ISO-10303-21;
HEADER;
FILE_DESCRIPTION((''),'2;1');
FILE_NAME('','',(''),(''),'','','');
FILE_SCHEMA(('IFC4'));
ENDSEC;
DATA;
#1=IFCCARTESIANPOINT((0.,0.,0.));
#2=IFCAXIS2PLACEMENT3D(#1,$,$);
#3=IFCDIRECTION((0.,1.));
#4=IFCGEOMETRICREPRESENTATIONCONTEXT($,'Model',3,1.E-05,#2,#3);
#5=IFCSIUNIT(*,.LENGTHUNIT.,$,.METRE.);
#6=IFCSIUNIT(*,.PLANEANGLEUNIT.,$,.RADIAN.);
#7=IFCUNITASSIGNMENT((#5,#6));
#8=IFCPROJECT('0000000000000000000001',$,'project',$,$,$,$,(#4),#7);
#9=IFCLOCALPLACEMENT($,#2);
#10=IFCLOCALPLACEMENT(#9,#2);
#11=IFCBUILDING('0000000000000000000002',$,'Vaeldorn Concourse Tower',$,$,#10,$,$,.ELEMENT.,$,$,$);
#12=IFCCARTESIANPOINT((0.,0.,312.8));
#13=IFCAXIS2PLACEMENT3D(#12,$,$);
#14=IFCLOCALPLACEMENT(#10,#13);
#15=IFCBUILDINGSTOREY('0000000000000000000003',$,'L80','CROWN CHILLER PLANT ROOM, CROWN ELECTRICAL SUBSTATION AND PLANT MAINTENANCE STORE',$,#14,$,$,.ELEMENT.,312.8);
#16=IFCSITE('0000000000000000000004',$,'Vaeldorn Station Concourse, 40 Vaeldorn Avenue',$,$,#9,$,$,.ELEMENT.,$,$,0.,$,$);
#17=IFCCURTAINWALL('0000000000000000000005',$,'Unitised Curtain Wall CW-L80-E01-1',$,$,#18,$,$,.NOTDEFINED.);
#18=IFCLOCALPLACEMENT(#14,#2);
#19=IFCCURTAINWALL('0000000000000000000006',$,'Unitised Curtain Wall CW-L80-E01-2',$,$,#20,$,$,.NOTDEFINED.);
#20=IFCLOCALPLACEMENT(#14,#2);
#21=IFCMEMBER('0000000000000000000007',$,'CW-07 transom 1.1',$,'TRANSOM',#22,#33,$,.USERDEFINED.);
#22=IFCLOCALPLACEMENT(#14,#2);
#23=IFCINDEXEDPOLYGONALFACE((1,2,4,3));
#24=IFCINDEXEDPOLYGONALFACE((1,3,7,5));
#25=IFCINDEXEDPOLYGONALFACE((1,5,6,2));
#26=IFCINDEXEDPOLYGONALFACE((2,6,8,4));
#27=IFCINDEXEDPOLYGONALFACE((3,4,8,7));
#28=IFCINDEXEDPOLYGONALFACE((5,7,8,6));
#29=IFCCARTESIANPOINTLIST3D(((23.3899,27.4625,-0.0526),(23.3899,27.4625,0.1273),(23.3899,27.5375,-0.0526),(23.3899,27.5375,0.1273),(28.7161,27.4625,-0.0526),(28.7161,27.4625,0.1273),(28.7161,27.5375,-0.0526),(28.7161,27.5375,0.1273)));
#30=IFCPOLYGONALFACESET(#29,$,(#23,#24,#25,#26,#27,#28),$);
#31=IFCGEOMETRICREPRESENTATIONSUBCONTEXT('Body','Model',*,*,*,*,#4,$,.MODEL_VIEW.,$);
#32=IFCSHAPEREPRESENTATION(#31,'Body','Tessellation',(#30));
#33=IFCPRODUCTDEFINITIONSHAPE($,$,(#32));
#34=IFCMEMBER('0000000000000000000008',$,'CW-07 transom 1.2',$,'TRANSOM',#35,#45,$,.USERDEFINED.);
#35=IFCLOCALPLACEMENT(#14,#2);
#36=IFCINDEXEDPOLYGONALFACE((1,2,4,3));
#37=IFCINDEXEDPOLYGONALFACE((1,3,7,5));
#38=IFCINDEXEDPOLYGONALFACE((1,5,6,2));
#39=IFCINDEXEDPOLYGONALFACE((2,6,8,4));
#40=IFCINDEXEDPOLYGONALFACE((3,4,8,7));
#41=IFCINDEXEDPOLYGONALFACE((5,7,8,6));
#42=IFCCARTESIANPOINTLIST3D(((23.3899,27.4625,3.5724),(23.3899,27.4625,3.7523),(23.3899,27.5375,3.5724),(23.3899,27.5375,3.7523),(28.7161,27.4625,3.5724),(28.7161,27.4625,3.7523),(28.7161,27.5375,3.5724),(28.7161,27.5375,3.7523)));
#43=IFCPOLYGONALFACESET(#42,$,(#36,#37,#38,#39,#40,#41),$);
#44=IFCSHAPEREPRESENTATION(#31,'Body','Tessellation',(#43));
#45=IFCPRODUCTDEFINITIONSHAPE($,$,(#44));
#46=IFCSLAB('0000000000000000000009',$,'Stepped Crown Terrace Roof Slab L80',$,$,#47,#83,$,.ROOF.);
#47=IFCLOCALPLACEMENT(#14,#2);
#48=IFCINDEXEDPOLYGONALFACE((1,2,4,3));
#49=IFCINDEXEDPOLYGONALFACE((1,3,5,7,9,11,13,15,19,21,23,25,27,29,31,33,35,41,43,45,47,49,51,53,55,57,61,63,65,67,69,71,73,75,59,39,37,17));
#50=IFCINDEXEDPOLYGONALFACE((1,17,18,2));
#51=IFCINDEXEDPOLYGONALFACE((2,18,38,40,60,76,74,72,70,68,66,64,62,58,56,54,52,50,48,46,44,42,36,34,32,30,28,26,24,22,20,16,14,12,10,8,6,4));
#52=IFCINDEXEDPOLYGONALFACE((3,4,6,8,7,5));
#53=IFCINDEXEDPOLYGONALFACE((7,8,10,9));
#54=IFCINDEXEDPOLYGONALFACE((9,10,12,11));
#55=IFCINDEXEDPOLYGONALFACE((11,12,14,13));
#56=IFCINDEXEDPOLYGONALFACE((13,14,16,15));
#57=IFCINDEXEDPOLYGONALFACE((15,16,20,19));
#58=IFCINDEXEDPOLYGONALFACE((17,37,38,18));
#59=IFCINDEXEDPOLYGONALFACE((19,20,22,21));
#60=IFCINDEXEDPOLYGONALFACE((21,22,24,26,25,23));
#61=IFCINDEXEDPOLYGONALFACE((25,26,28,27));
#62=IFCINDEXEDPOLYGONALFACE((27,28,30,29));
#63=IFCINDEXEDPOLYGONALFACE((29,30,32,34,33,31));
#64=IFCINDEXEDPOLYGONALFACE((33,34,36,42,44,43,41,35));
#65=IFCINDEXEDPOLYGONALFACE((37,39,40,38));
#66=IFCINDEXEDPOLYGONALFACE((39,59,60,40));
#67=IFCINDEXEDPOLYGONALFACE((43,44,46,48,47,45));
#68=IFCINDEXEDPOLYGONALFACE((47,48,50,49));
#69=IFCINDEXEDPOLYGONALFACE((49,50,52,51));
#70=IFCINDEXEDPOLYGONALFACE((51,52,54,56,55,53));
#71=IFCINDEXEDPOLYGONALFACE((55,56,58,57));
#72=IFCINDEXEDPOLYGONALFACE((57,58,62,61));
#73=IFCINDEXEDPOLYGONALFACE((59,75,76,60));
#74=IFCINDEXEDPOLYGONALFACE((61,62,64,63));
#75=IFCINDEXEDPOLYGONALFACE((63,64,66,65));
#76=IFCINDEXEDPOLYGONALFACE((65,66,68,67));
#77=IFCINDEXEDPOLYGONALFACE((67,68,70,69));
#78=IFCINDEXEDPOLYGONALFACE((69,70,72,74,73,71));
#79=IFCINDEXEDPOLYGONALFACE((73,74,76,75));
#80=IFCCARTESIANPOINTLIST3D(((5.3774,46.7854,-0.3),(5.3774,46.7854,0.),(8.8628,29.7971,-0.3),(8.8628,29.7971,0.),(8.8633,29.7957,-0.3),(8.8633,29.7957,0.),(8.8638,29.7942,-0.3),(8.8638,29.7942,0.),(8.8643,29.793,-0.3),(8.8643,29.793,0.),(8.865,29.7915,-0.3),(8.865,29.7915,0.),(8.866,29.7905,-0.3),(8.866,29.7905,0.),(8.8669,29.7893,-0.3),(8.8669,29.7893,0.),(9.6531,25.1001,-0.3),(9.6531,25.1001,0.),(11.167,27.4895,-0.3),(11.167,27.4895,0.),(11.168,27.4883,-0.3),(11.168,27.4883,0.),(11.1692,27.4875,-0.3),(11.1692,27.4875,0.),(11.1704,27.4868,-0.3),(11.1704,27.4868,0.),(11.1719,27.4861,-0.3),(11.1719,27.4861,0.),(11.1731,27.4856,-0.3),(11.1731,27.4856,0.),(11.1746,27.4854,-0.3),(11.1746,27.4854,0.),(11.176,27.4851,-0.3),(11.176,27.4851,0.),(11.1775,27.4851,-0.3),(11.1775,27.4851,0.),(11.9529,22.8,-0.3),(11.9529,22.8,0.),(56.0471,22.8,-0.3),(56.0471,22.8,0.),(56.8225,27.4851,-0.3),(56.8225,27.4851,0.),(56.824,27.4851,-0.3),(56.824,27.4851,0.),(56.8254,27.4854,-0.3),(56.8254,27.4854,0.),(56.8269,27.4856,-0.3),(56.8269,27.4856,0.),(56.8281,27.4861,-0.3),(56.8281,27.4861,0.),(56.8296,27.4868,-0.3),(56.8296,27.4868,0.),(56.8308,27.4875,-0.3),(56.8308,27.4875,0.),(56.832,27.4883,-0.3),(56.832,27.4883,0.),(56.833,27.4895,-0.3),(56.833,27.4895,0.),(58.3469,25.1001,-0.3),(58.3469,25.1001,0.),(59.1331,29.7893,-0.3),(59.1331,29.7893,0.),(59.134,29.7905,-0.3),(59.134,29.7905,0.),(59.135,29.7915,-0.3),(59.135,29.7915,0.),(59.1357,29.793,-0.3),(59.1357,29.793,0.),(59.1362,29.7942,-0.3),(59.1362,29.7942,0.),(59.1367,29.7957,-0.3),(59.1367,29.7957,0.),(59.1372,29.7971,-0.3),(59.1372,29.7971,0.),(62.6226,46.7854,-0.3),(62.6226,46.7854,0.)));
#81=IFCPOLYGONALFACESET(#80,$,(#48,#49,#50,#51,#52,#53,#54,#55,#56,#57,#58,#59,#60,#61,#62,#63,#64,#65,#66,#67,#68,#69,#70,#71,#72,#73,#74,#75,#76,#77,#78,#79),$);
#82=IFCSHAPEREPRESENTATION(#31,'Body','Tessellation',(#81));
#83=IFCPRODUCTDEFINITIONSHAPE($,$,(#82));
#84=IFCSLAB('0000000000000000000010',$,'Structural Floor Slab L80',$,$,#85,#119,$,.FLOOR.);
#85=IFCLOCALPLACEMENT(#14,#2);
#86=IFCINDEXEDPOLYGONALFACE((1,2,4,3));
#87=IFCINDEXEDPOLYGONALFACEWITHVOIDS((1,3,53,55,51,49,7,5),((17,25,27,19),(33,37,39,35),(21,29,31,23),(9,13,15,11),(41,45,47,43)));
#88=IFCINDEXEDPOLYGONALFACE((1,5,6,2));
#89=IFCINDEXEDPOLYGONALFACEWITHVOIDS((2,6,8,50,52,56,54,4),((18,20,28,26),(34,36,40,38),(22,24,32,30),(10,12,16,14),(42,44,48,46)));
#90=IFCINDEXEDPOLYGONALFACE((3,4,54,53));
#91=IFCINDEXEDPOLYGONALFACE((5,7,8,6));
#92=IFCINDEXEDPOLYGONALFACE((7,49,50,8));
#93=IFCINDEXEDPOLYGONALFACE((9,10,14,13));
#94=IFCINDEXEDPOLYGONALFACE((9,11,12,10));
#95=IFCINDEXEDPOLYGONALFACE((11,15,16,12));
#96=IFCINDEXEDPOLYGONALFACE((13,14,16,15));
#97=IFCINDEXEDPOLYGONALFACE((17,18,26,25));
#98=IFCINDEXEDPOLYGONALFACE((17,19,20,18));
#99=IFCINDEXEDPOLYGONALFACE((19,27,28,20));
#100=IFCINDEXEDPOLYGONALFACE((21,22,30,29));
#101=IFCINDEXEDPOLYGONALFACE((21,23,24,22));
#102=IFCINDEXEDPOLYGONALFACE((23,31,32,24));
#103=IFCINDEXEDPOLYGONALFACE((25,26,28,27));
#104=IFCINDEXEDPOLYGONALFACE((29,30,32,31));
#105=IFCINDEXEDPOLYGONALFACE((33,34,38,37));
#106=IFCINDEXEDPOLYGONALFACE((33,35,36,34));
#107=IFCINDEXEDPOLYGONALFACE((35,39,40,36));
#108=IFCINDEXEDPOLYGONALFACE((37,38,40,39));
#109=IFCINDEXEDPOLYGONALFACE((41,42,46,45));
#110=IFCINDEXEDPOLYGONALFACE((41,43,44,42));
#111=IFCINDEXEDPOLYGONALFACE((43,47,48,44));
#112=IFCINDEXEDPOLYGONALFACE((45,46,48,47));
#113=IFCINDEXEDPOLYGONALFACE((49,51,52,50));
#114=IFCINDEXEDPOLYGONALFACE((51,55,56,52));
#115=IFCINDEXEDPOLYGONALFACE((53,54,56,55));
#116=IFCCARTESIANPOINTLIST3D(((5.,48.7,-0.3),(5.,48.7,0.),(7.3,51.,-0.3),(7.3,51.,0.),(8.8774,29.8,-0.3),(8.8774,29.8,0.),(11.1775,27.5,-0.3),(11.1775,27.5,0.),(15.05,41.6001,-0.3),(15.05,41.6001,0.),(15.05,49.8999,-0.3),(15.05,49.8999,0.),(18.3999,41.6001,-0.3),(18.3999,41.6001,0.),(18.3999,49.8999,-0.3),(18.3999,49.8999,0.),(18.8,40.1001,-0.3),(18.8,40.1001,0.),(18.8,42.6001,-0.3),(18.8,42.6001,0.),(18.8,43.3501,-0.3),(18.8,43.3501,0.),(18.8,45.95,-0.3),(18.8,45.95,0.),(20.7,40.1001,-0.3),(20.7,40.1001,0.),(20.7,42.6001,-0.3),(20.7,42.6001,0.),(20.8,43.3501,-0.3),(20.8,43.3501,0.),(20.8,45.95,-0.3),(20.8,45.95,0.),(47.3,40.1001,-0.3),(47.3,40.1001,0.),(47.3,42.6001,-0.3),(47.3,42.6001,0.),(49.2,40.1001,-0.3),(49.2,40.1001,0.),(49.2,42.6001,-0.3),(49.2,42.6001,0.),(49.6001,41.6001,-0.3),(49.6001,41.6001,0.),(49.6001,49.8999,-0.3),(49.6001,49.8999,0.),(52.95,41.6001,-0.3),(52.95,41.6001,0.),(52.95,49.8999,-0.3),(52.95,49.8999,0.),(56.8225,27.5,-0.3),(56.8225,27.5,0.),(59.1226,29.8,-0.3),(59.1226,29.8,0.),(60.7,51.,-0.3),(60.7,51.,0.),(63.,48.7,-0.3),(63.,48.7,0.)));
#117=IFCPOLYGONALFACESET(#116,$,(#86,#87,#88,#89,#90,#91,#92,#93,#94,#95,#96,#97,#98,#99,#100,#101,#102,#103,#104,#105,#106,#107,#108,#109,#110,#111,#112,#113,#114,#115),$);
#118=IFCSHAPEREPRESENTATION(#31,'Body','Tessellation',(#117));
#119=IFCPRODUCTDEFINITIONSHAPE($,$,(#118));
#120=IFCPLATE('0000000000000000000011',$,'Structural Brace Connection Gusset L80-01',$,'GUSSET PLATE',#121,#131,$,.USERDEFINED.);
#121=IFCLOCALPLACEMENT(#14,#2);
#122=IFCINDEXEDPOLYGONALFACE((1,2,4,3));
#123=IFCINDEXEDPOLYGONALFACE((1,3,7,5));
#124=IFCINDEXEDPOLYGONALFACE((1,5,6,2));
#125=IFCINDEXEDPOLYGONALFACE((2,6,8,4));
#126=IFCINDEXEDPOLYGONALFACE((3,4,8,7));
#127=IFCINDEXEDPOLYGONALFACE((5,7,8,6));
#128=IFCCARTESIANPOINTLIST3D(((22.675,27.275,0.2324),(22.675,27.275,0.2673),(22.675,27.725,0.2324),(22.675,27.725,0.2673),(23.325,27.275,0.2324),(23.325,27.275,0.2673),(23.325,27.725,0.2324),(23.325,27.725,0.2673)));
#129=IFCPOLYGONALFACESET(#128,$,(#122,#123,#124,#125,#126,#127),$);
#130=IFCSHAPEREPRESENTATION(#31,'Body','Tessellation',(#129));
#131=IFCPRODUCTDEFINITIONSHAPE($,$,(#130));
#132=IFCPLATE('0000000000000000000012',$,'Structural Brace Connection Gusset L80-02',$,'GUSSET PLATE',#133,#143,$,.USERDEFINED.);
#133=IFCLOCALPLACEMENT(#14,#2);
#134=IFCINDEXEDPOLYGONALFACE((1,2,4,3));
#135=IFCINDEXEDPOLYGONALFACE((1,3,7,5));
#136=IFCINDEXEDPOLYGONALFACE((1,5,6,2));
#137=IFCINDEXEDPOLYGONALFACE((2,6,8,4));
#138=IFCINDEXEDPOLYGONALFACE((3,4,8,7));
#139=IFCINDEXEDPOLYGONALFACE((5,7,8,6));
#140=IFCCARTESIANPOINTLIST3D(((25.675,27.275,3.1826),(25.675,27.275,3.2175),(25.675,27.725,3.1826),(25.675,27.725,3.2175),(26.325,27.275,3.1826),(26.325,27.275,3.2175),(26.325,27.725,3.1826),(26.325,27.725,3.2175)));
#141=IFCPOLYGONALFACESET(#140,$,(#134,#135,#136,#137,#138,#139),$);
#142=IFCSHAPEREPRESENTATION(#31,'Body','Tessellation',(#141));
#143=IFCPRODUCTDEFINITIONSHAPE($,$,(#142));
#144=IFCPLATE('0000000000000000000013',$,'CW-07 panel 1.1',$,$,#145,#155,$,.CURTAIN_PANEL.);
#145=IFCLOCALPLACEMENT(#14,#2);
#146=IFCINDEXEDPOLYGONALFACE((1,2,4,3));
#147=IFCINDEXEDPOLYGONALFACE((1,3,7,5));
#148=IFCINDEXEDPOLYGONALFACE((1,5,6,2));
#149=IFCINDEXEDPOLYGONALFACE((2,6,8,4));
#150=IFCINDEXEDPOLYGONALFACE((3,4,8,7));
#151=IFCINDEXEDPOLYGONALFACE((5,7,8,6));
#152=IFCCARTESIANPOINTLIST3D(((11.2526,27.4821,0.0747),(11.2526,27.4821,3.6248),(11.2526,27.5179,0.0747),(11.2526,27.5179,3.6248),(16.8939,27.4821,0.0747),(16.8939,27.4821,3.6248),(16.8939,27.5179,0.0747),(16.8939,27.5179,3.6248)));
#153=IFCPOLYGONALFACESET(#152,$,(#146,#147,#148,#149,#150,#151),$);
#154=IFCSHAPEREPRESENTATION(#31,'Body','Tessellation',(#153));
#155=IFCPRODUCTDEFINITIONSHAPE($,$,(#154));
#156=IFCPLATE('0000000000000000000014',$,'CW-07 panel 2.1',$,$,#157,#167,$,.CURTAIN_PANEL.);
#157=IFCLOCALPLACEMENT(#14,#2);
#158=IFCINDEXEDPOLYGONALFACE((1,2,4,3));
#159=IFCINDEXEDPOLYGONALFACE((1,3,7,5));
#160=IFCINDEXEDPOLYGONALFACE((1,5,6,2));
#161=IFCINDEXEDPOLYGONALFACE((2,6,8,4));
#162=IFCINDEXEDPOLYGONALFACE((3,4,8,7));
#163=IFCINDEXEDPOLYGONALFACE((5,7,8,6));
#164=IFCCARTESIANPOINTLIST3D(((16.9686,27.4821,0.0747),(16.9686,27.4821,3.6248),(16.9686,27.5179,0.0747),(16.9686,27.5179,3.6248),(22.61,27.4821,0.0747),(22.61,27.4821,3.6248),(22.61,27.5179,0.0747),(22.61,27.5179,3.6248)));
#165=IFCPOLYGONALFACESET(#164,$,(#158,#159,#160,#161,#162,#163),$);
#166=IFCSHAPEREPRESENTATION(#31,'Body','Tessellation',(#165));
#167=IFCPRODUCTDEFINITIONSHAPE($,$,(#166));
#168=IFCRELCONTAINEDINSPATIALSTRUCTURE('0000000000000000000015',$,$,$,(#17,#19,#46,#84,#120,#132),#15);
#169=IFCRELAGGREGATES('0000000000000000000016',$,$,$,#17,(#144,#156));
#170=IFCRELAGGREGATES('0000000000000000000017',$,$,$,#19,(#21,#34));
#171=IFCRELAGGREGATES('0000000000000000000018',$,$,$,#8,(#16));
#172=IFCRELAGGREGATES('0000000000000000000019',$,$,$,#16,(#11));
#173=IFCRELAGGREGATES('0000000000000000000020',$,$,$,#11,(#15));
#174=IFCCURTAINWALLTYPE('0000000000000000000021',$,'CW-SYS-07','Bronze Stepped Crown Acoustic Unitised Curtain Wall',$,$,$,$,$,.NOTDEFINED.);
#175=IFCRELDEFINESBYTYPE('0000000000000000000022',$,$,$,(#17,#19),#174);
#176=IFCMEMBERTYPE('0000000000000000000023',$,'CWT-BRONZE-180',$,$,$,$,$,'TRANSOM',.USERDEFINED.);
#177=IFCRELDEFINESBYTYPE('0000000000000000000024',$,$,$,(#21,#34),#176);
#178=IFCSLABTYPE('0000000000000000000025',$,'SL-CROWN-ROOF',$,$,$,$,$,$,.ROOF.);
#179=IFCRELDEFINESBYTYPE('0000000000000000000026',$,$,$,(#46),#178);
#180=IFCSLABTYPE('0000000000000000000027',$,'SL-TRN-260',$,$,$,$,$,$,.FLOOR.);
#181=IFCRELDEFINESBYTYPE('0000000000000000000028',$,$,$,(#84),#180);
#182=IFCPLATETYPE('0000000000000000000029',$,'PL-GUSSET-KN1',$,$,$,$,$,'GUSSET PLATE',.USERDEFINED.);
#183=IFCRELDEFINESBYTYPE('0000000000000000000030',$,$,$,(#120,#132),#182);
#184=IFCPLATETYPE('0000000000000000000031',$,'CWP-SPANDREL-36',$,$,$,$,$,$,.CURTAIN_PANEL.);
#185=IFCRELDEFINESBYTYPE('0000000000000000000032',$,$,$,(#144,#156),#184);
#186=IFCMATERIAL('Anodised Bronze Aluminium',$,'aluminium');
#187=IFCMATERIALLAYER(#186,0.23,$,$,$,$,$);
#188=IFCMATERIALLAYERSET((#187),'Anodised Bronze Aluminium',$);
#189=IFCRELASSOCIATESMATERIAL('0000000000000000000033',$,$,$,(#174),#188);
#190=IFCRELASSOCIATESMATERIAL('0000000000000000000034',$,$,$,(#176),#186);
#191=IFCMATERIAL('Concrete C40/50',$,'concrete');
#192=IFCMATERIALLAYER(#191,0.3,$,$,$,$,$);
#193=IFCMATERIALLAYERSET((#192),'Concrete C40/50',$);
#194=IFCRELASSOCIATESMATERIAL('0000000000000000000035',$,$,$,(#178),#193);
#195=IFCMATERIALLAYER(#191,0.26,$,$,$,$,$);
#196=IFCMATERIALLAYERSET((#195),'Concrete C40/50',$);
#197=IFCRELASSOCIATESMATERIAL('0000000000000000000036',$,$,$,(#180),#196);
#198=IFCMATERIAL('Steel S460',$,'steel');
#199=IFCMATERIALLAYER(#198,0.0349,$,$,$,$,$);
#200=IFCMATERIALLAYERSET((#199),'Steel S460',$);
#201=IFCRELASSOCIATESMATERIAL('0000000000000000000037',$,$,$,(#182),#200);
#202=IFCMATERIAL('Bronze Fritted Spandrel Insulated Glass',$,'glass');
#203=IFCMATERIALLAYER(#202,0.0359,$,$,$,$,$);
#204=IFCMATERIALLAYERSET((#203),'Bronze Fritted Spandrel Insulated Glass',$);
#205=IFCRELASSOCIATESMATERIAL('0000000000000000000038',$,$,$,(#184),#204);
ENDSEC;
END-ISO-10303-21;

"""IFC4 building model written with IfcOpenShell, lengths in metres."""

from ifc_helpers import new_model, si_unit, direction, frame, origin, origin_2d, place, context, subcontext, project, spatial, polyline, rectangle, outline, extrude, source, transform, mapped, material, layer, layer_set, material_profile, profile_set, type_object, element, aggregate, save


model = new_model("IFC4")

# Units and contexts
model_context = context("Model", 3, precision=1e-05, world=origin(), true_north=direction((0.0, 1.0)))
body_context = subcontext(model_context, "Body", "Model", "MODEL_VIEW")
ifc_project = project(units=[si_unit("LENGTHUNIT", "METRE"), si_unit("PLANEANGLEUNIT", "RADIAN")], contexts=[model_context])

# Site, building, storey
site_placement = place(None, origin())
site = spatial("IfcSite", under=ifc_project, at=site_placement, Name="Vaeldorn Station Concourse, 40 Vaeldorn Avenue", CompositionType="ELEMENT", RefElevation=0.0)
building_placement = place(site_placement, origin())
building = spatial("IfcBuilding", under=site, at=building_placement, Name="Vaeldorn Concourse Tower", CompositionType="ELEMENT")
storey_placement = place(building_placement, frame((0.0, 0.0, 312.8)))
storey = spatial("IfcBuildingStorey", under=building, at=storey_placement, Name="L80", Description="CROWN CHILLER PLANT ROOM, CROWN ELECTRICAL SUBSTATION AND PLANT MAINTENANCE STORE", CompositionType="ELEMENT", Elevation=312.8)

# Curtain walls
ifc_material_1 = material(Name="Anodised Bronze Aluminium", Category="aluminium")
ifc_layer_1 = layer(ifc_material_1, 0.23)
ifc_layer_set_1 = layer_set([ifc_layer_1], Name="Anodised Bronze Aluminium")
curtain_wall_type = type_object("IfcCurtainWallType", Name="CW-SYS-07", Description="Bronze Stepped Crown Acoustic Unitised Curtain Wall", PredefinedType="NOTDEFINED", material=ifc_layer_set_1)
curtain_wall_1_placement = place(storey_placement, origin())
curtain_wall_1 = element("IfcCurtainWall", 1, at=curtain_wall_1_placement, inside=storey, type_object=curtain_wall_type, Name="Unitised Curtain Wall CW-L80-E01-1", PredefinedType="NOTDEFINED")
curtain_wall_2_placement = place(storey_placement, origin())
curtain_wall_2 = element("IfcCurtainWall", 2, at=curtain_wall_2_placement, inside=storey, type_object=curtain_wall_type, Name="Unitised Curtain Wall CW-L80-E01-2", PredefinedType="NOTDEFINED")

# Members
ifc_material_profile_1 = material_profile(ifc_material_1, rectangle(XDim=0.075, YDim=0.1799, at=origin_2d()), Name="CWT 75x180")
ifc_profile_set_1 = profile_set([ifc_material_profile_1], Name="Anodised Bronze Aluminium")
member_type_1 = type_object("IfcMemberType", Name="CWT-BRONZE-180", ElementType="TRANSOM", PredefinedType="USERDEFINED", material=ifc_profile_set_1)
shared_shape_1 = source(origin(), body_context, "Body", "SweptSolid", [
    extrude(rectangle(XDim=0.075, YDim=0.1799, at=origin_2d()), origin(), (0.0, 0.0, 1.0), 5.3262),
])
member_1_placement = place(storey_placement, frame((23.3899, 27.5, 0.0374), z_axis=(1.0, 0.0, 0.0), x_axis=(0.0, 1.0, 0.0)))
member_1 = element("IfcMember", 3, at=member_1_placement, type_object=member_type_1, Name="CW-07 transom 1.1", ObjectType="TRANSOM", PredefinedType="USERDEFINED", context=body_context, shape_type="MappedRepresentation", body=[
    mapped(shared_shape_1, transform((0.0, 0.0, 0.0), scale=1.0)),
])
member_2_placement = place(storey_placement, frame((23.3899, 27.5, 3.6624), z_axis=(1.0, 0.0, 0.0), x_axis=(0.0, 1.0, 0.0)))
member_2 = element("IfcMember", 4, at=member_2_placement, type_object=member_type_1, Name="CW-07 transom 1.2", ObjectType="TRANSOM", PredefinedType="USERDEFINED", context=body_context, shape_type="MappedRepresentation", body=[
    mapped(shared_shape_1, transform((0.0, 0.0, 0.0), scale=1.0)),
])

# Slabs
ifc_material_2 = material(Name="Concrete C40/50", Category="concrete")
ifc_layer_2 = layer(ifc_material_2, 0.3)
ifc_layer_set_2 = layer_set([ifc_layer_2], Name="Concrete C40/50")
slab_type_1 = type_object("IfcSlabType", Name="SL-CROWN-ROOF", PredefinedType="ROOF", material=ifc_layer_set_2)
slab_1_placement = place(storey_placement, frame((0.0, 0.0, -0.3)))
element("IfcSlab", 5, at=slab_1_placement, inside=storey, type_object=slab_type_1, Name="Stepped Crown Terrace Roof Slab L80", PredefinedType="ROOF", context=body_context, shape_type="SweptSolid", body=[
    extrude(outline(polyline([(62.6226, 46.7854), (59.1372, 29.7971), (59.1367, 29.7957), (59.1362, 29.7942), (59.1357, 29.793), (59.135, 29.7915), (59.134, 29.7905), (59.1331, 29.7893), (56.833, 27.4895), (56.832, 27.4883), (56.8308, 27.4875), (56.8296, 27.4868), (56.8281, 27.4861), (56.8269, 27.4856), (56.8254, 27.4854), (56.824, 27.4851), (56.8225, 27.4851), (11.1775, 27.4851), (11.176, 27.4851), (11.1746, 27.4854), (11.1731, 27.4856), (11.1719, 27.4861), (11.1704, 27.4868), (11.1692, 27.4875), (11.168, 27.4883), (11.167, 27.4895), (8.8669, 29.7893), (8.866, 29.7905), (8.865, 29.7915), (8.8643, 29.793), (8.8638, 29.7942), (8.8633, 29.7957), (8.8628, 29.7971), (5.3774, 46.7854), (9.6531, 25.1001), (11.9529, 22.8), (56.0471, 22.8), (58.3469, 25.1001), (62.6226, 46.7854)])), origin(), (0.0, 0.0, 1.0), 0.3),
])
ifc_layer_3 = layer(ifc_material_2, 0.26)
ifc_layer_set_3 = layer_set([ifc_layer_3], Name="Concrete C40/50")
slab_type_2 = type_object("IfcSlabType", Name="SL-TRN-260", PredefinedType="FLOOR", material=ifc_layer_set_3)
slab_2_placement = place(storey_placement, frame((0.0, 0.0, -0.3)))
element("IfcSlab", 6, at=slab_2_placement, inside=storey, type_object=slab_type_2, Name="Structural Floor Slab L80", PredefinedType="FLOOR", context=body_context, shape_type="SweptSolid", body=[
    extrude(outline(polyline([(11.1775, 27.5), (56.8225, 27.5), (59.1226, 29.8), (63.0, 48.7), (60.7, 51.0), (7.3, 51.0), (5.0, 48.7), (8.8774, 29.8), (11.1775, 27.5)]), holes=[polyline([(18.3999, 41.6001), (18.3999, 49.8999), (15.05, 49.8999), (15.05, 41.6001), (18.3999, 41.6001)]), polyline([(52.95, 41.6001), (52.95, 49.8999), (49.6001, 49.8999), (49.6001, 41.6001), (52.95, 41.6001)]), polyline([(18.8, 43.3501), (20.8, 43.3501), (20.8, 45.95), (18.8, 45.95), (18.8, 43.3501)]), polyline([(18.8, 40.1001), (20.7, 40.1001), (20.7, 42.6001), (18.8, 42.6001), (18.8, 40.1001)]), polyline([(47.3, 40.1001), (49.2, 40.1001), (49.2, 42.6001), (47.3, 42.6001), (47.3, 40.1001)])]), origin(), (0.0, 0.0, 1.0), 0.3),
])

# Plates
ifc_material_3 = material(Name="Steel S460", Category="steel")
ifc_layer_4 = layer(ifc_material_3, 0.0349)
ifc_layer_set_4 = layer_set([ifc_layer_4], Name="Steel S460")
plate_type_1 = type_object("IfcPlateType", Name="PL-GUSSET-KN1", ElementType="GUSSET PLATE", PredefinedType="USERDEFINED", material=ifc_layer_set_4)
shared_shape_2 = source(origin(), body_context, "Body", "SweptSolid", [
    extrude(rectangle(XDim=0.6499, YDim=0.45, at=origin_2d()), origin(), (0.0, 0.0, 1.0), 0.0349),
])
for number, where, z_axis, x_axis, name in (
    (7, (23.0, 27.5, 0.2324), (0.0, 0.0, 1.0), (1.0, 0.0, 0.0), "Structural Brace Connection Gusset L80-01"),
    (8, (26.0, 27.5, 3.1826), (0.0, 0.0, 1.0), (1.0, 0.0, 0.0), "Structural Brace Connection Gusset L80-02"),
):
    element("IfcPlate", number, at=place(storey_placement, frame(where, z_axis=z_axis, x_axis=x_axis)), inside=storey, type_object=plate_type_1, Name=name, ObjectType="GUSSET PLATE", PredefinedType="USERDEFINED", context=body_context, shape_type="MappedRepresentation", body=[
        mapped(shared_shape_2, transform((0.0, 0.0, 0.0), scale=1.0)),
    ])

# Plates
ifc_material_4 = material(Name="Bronze Fritted Spandrel Insulated Glass", Category="glass")
ifc_layer_5 = layer(ifc_material_4, 0.0359)
ifc_layer_set_5 = layer_set([ifc_layer_5], Name="Bronze Fritted Spandrel Insulated Glass")
plate_type_2 = type_object("IfcPlateType", Name="CWP-SPANDREL-36", PredefinedType="CURTAIN_PANEL", material=ifc_layer_set_5)
shared_shape_3 = source(origin(), body_context, "Body", "SweptSolid", [
    extrude(rectangle(XDim=5.6414, YDim=0.0359, at=origin_2d()), origin(), (0.0, 0.0, 1.0), 3.55),
])
plate_1_placement = place(storey_placement, frame((14.0732, 27.5, 0.0747), z_axis=(0.0, 0.0, 1.0), x_axis=(1.0, 0.0, 0.0)))
plate_1 = element("IfcPlate", 9, at=plate_1_placement, type_object=plate_type_2, Name="CW-07 panel 1.1", PredefinedType="CURTAIN_PANEL", context=body_context, shape_type="MappedRepresentation", body=[
    mapped(shared_shape_3, transform((0.0, 0.0, 0.0), scale=1.0)),
])
plate_2_placement = place(storey_placement, frame((19.7893, 27.5, 0.0747), z_axis=(0.0, 0.0, 1.0), x_axis=(1.0, 0.0, 0.0)))
plate_2 = element("IfcPlate", 10, at=plate_2_placement, type_object=plate_type_2, Name="CW-07 panel 2.1", PredefinedType="CURTAIN_PANEL", context=body_context, shape_type="MappedRepresentation", body=[
    mapped(shared_shape_3, transform((0.0, 0.0, 0.0), scale=1.0)),
])
aggregate(curtain_wall_1, [plate_1, plate_2])
aggregate(curtain_wall_2, [member_1, member_2])

save(model, "model.ifc")
